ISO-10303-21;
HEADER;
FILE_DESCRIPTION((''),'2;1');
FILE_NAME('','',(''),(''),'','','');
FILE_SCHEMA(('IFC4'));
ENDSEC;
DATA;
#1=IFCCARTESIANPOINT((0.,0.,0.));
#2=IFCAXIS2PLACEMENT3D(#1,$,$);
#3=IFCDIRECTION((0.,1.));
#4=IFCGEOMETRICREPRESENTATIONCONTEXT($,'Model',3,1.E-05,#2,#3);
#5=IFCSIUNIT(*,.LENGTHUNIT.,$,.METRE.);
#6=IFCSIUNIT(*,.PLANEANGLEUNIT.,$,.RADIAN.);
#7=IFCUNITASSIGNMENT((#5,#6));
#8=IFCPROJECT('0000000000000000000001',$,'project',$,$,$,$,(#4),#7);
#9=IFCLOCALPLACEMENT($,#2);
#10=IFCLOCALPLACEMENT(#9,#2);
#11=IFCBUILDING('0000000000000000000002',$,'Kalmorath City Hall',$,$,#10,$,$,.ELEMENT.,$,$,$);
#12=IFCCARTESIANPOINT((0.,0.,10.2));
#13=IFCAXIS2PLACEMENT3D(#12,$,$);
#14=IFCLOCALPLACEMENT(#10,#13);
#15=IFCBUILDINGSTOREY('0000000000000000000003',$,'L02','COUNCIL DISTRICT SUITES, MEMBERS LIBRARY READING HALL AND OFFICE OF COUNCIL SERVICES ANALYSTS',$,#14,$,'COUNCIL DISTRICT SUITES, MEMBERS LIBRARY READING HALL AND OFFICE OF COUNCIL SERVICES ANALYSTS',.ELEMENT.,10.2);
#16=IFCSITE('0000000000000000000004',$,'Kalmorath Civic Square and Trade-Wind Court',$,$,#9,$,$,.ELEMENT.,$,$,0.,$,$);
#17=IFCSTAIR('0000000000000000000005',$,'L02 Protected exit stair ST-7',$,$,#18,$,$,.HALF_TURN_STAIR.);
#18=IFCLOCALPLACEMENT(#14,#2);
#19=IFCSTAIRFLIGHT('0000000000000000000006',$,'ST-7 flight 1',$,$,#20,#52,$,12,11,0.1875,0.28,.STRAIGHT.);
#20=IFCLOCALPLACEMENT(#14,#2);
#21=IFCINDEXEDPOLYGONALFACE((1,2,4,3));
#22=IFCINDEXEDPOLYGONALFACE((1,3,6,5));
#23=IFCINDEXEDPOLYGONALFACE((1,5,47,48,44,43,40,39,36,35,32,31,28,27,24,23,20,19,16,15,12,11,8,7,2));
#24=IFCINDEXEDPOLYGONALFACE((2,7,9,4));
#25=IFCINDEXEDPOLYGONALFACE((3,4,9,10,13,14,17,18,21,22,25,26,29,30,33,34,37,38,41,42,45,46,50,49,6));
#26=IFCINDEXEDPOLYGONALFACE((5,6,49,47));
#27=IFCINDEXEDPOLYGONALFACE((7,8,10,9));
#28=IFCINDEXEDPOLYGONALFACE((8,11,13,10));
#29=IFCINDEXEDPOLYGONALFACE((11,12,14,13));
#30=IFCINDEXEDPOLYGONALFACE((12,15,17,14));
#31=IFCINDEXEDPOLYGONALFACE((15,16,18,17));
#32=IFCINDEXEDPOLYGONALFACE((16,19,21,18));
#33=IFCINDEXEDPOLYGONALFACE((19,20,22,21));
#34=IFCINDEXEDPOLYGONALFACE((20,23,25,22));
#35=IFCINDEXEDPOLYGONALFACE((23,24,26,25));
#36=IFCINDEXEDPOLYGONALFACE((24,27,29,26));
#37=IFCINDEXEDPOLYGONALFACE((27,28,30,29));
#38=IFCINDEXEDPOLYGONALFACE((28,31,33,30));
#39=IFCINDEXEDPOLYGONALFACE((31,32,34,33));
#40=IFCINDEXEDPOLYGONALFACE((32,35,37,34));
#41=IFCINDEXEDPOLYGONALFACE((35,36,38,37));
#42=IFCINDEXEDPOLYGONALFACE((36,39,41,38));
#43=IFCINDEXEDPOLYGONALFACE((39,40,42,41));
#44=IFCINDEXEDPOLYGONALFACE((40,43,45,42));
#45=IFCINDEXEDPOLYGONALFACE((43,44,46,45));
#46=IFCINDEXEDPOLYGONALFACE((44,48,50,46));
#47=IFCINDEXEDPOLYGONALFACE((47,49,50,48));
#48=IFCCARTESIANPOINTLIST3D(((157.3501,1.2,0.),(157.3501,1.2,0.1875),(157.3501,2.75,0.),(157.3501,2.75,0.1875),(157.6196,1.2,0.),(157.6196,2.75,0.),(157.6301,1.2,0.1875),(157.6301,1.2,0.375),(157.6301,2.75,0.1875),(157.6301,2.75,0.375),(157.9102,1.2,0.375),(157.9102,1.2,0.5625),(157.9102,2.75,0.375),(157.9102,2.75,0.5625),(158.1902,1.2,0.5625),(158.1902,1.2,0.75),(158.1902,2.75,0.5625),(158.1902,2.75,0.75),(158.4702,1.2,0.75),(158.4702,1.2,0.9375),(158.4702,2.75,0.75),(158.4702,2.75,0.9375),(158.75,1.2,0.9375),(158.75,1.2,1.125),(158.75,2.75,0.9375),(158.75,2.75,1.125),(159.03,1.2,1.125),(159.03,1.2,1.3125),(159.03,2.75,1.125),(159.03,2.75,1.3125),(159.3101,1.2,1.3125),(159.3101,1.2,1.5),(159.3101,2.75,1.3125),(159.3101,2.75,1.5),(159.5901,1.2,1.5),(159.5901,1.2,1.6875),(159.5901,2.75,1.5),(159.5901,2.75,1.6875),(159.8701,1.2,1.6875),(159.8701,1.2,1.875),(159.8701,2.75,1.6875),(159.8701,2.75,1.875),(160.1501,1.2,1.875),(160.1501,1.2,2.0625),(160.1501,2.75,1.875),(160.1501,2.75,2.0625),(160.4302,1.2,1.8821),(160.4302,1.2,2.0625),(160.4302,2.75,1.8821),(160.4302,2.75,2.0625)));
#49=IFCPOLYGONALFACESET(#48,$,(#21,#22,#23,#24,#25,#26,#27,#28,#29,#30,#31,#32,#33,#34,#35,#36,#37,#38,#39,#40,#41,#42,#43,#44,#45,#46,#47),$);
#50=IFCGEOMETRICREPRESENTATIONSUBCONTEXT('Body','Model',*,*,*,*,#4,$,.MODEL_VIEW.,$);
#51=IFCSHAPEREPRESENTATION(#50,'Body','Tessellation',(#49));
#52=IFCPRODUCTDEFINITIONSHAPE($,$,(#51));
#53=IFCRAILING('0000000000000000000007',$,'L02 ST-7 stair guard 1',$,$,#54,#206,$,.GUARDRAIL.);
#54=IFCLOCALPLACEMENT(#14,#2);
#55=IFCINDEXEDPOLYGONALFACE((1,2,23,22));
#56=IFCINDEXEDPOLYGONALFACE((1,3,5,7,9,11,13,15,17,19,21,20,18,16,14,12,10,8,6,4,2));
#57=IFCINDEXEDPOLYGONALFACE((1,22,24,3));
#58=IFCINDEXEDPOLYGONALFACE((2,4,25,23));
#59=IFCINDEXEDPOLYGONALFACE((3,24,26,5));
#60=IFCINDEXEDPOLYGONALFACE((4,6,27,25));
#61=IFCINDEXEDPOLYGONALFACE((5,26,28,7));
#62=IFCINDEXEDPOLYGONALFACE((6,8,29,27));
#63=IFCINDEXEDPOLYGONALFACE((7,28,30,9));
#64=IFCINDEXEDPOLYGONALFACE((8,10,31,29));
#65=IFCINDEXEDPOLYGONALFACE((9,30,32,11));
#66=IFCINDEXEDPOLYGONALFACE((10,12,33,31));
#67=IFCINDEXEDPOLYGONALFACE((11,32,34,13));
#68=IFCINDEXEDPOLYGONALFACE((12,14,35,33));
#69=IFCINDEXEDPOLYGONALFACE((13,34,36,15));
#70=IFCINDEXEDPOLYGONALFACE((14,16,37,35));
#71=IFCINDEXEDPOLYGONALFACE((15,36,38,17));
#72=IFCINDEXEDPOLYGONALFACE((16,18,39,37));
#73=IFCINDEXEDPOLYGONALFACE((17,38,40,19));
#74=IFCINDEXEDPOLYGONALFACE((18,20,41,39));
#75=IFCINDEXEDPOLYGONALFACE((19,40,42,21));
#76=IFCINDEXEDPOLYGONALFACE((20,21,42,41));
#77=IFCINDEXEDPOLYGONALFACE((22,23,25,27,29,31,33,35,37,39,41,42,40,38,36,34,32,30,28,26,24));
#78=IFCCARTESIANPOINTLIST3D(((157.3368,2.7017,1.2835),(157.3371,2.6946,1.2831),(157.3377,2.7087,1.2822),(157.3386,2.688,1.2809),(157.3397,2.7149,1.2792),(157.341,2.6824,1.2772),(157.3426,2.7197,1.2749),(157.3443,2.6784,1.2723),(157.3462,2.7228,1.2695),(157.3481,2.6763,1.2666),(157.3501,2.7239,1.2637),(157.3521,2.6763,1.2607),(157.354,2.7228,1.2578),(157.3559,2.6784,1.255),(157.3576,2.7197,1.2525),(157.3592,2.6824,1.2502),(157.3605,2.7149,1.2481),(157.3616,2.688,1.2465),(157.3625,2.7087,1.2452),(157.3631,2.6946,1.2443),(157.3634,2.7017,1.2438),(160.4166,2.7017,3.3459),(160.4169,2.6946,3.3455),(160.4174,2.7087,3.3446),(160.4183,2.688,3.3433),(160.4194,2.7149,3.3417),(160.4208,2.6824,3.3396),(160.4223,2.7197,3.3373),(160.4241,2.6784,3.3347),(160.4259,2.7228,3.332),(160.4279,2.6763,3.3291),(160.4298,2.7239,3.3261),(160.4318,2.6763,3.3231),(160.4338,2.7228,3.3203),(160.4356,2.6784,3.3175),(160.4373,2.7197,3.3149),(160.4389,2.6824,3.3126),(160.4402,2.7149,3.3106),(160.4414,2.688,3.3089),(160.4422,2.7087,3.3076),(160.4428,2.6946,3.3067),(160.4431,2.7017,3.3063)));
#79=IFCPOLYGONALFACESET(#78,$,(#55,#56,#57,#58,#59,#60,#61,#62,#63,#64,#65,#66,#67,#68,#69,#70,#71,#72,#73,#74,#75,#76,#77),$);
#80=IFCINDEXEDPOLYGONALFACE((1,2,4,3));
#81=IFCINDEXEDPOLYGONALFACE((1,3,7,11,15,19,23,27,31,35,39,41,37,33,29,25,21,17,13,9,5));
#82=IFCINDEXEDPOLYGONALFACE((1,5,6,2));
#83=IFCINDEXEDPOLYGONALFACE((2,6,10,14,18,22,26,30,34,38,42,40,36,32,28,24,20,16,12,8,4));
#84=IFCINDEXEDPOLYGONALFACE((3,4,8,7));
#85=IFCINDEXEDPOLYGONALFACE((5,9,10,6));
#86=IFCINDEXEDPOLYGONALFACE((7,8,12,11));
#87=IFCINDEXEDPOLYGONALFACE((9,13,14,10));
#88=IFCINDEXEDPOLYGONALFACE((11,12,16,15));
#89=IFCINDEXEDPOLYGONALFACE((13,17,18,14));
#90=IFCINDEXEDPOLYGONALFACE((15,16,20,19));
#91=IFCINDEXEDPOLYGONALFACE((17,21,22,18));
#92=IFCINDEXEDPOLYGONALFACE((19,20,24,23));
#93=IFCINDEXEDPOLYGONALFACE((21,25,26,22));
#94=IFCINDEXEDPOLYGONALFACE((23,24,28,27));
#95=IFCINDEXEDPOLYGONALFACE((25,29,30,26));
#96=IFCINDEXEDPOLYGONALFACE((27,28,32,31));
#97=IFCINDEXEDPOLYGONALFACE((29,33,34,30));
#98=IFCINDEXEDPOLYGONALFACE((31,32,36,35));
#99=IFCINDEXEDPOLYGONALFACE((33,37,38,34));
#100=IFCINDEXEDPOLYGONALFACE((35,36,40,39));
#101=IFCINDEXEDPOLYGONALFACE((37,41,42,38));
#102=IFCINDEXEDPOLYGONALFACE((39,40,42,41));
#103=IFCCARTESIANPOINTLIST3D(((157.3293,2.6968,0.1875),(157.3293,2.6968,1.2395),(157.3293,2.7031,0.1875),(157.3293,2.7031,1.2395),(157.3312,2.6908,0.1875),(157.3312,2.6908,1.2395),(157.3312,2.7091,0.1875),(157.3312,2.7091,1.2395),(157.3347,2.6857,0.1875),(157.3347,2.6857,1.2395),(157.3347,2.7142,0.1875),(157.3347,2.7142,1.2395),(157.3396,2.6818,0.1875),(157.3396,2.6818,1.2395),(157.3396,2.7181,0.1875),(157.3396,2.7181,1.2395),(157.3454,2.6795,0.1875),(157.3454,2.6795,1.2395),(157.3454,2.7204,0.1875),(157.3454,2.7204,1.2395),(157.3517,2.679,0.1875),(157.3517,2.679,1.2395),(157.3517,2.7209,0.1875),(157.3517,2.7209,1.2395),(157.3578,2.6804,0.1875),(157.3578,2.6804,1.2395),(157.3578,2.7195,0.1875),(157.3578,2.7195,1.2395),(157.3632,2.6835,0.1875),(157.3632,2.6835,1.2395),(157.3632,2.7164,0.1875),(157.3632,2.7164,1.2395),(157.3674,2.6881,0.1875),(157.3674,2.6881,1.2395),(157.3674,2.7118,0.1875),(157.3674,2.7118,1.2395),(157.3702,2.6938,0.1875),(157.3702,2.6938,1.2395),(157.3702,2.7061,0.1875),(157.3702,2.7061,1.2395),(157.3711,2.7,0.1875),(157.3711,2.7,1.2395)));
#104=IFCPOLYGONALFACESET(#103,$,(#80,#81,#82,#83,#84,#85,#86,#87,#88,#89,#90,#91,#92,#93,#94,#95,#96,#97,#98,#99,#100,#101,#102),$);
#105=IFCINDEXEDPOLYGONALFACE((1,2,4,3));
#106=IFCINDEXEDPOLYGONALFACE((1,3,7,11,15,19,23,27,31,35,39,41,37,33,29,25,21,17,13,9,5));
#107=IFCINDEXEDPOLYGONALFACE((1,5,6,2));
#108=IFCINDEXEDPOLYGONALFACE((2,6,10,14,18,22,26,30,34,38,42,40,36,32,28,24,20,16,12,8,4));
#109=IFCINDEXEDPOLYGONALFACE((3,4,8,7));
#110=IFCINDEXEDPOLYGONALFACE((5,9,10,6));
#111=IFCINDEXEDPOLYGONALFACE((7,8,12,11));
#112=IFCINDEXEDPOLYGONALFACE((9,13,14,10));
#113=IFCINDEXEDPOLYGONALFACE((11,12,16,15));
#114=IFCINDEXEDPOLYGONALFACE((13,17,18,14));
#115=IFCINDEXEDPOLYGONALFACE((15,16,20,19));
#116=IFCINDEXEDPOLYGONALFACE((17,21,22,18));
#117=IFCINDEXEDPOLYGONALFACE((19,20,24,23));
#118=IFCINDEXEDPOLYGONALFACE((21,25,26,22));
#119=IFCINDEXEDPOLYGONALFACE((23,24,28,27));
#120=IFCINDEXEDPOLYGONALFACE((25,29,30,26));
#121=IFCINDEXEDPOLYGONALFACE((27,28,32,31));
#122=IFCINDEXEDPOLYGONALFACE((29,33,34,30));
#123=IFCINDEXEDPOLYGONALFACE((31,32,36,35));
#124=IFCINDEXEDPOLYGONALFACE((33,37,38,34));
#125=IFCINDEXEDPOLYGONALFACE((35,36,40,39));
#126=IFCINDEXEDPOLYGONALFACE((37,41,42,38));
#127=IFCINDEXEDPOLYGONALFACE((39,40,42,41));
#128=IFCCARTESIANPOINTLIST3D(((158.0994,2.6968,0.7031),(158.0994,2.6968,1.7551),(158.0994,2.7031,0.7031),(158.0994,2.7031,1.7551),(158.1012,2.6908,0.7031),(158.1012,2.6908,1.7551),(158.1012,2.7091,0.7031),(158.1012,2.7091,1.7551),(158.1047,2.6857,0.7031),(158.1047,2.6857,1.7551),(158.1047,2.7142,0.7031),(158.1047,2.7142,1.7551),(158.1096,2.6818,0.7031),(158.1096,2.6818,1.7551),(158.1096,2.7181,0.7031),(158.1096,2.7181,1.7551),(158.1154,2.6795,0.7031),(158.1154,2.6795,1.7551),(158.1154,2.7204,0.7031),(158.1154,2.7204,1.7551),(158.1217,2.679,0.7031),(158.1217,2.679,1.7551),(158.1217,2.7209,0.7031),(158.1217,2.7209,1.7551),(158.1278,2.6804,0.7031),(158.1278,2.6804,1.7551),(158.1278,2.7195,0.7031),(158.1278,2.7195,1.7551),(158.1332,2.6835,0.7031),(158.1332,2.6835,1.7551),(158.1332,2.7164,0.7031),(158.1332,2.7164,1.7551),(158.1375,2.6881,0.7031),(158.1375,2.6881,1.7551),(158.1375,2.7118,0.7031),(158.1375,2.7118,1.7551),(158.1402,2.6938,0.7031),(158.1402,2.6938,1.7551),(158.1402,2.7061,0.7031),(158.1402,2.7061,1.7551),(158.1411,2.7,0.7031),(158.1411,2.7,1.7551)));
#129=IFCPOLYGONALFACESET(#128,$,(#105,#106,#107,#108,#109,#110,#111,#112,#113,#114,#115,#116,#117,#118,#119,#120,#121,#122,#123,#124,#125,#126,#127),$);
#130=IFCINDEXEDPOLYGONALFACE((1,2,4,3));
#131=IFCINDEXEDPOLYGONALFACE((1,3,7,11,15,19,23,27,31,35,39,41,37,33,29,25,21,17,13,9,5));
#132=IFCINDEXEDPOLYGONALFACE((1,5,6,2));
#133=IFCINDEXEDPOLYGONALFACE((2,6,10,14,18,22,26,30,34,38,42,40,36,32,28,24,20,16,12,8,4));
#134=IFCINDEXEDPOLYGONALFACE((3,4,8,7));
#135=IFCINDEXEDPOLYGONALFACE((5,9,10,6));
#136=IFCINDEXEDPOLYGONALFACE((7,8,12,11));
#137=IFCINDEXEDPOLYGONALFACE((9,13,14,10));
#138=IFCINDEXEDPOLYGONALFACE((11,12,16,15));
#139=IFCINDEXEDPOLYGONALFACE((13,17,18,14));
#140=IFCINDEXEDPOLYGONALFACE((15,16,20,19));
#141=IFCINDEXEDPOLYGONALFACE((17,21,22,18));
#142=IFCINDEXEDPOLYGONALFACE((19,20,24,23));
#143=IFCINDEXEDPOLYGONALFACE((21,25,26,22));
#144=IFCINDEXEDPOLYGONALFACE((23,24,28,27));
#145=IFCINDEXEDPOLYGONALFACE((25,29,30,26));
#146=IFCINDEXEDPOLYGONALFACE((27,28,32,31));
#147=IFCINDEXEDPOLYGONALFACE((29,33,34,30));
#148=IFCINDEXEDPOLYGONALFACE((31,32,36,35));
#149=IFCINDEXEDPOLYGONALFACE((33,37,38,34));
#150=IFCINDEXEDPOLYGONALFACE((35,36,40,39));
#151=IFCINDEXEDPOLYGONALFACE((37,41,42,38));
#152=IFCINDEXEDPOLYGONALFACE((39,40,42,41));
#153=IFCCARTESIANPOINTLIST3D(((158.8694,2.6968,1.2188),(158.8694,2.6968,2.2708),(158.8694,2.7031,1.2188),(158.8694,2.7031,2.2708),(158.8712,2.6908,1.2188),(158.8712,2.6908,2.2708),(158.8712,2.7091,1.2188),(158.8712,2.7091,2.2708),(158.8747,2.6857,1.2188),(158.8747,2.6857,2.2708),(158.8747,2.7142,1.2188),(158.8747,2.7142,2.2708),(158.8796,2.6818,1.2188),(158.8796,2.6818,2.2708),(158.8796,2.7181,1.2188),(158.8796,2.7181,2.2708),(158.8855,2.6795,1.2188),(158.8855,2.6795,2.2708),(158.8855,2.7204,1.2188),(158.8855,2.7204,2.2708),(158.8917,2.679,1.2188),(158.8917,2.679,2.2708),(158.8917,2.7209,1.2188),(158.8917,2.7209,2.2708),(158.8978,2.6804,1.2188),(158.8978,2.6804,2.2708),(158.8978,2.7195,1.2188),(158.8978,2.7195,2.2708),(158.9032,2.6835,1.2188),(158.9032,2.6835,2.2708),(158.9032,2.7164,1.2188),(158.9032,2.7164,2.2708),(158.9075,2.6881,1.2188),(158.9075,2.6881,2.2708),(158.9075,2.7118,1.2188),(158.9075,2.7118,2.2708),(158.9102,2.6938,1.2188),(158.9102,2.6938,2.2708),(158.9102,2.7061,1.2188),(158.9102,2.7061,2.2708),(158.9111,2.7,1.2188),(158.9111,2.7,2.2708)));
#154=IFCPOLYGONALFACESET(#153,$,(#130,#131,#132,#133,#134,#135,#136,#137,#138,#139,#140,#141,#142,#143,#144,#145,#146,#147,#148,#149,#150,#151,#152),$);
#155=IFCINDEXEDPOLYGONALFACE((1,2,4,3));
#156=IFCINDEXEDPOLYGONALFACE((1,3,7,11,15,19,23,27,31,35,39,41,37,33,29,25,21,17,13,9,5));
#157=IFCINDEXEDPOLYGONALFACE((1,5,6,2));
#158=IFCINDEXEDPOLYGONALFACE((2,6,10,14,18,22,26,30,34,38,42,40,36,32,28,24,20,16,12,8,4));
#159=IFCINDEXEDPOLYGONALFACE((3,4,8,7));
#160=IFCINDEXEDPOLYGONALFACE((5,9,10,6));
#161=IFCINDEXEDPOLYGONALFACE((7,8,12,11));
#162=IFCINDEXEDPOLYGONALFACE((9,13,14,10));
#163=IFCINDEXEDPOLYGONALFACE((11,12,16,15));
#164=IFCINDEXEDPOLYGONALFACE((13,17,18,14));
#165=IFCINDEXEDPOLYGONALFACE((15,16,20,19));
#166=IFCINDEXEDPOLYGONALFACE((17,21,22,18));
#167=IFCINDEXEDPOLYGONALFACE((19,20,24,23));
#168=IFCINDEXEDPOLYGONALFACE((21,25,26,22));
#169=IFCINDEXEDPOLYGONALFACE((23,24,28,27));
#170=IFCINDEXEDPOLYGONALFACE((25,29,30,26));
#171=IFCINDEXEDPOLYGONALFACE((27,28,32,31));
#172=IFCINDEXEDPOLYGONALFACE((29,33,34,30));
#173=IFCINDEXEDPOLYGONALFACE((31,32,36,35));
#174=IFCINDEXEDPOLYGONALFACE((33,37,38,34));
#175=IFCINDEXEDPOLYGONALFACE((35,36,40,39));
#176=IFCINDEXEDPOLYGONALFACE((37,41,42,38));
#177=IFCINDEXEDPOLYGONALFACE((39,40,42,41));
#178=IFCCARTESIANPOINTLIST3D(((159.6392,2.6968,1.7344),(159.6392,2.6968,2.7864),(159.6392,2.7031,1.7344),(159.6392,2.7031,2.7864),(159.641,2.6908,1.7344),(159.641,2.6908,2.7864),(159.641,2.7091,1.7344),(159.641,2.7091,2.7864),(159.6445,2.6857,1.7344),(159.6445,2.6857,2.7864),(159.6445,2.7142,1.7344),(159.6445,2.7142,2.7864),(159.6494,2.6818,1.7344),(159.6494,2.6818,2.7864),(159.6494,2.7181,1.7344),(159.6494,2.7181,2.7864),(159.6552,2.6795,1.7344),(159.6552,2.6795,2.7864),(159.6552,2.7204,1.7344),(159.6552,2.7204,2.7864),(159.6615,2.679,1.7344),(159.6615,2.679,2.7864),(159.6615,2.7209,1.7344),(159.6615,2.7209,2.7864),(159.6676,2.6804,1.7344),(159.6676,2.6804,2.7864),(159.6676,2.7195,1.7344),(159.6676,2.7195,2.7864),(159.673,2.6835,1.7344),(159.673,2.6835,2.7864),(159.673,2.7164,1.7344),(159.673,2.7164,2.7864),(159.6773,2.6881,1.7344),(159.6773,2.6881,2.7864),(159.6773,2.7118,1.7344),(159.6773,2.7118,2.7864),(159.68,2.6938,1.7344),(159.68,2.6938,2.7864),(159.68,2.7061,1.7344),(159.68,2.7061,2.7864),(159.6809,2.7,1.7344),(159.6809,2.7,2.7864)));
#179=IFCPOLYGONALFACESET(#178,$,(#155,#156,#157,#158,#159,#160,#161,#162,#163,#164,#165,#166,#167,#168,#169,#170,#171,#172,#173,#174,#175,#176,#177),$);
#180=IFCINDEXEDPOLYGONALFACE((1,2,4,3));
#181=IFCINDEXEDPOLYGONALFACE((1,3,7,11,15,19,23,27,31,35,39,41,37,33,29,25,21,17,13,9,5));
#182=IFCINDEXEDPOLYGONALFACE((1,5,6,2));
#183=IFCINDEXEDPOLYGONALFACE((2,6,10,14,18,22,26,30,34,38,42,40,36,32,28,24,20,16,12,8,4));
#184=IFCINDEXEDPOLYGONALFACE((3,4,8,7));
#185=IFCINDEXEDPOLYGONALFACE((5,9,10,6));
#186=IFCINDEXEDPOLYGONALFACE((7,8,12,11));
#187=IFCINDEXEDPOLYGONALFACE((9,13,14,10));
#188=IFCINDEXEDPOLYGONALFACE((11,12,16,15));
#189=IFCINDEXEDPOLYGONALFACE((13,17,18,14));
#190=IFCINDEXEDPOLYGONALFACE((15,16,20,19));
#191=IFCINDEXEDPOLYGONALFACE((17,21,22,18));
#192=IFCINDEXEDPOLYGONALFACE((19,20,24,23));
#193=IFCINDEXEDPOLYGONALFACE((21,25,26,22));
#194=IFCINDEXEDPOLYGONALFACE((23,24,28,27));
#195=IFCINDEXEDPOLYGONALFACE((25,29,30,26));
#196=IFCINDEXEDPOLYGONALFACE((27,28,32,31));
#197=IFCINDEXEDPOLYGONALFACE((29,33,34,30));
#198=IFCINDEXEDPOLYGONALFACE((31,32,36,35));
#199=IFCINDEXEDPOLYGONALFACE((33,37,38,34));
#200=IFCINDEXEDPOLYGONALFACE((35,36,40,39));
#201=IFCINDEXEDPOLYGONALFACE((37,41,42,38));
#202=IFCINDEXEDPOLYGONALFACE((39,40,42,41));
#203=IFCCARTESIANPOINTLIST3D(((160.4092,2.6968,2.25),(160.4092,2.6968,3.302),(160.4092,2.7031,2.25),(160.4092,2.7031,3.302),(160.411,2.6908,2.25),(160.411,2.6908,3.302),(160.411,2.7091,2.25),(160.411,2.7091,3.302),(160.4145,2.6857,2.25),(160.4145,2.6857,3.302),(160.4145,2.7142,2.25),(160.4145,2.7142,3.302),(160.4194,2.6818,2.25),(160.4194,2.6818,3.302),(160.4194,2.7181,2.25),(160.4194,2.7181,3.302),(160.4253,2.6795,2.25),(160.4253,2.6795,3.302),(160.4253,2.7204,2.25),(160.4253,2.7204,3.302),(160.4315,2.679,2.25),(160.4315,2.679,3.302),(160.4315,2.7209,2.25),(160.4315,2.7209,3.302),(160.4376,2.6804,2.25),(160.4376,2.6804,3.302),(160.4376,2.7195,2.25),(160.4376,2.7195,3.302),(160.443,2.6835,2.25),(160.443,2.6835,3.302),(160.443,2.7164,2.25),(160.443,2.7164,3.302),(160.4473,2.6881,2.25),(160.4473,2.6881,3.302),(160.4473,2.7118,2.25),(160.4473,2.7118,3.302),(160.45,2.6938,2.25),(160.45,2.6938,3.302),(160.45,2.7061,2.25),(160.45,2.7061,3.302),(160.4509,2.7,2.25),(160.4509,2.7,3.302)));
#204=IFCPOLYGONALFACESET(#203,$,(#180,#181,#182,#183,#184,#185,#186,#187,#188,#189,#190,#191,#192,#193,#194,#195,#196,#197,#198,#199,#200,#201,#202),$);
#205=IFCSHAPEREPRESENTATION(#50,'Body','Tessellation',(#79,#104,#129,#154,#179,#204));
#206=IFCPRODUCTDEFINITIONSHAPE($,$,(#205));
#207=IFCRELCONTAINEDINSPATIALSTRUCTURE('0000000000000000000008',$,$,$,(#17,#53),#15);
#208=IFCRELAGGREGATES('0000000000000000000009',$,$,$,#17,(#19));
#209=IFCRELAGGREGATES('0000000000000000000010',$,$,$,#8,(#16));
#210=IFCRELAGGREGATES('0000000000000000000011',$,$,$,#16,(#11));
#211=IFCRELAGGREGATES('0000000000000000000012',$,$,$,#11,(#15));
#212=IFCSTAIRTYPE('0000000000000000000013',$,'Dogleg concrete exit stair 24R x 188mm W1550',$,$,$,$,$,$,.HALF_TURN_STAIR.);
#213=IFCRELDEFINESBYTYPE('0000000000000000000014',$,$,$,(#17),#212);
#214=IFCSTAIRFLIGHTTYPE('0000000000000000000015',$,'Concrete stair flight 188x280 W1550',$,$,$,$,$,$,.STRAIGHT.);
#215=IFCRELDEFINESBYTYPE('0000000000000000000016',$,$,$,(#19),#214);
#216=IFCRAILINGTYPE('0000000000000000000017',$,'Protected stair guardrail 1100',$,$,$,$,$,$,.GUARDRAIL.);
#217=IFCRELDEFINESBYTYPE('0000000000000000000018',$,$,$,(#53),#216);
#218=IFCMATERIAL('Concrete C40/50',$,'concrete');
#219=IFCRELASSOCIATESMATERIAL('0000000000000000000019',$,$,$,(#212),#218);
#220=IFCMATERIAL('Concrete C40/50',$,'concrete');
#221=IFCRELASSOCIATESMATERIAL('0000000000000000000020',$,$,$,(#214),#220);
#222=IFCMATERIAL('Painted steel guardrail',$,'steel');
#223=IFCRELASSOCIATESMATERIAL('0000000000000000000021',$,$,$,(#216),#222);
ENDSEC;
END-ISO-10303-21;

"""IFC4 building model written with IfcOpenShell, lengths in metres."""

from ifc_helpers import new_model, si_unit, direction, frame, origin, origin_2d, place, context, subcontext, project, spatial, polyline, circle, outline, extrude, material, type_object, element, aggregate, save


model = new_model("IFC4")

# Units and contexts
model_context = context("Model", 3, precision=1e-05, world=origin(), true_north=direction((0.0, 1.0)))
body_context = subcontext(model_context, "Body", "Model", "MODEL_VIEW")
ifc_project = project(units=[si_unit("LENGTHUNIT", "METRE"), si_unit("PLANEANGLEUNIT", "RADIAN")], contexts=[model_context])

# Site, building, storey
site_placement = place(None, origin())
site = spatial("IfcSite", under=ifc_project, at=site_placement, Name="Kalmorath Civic Square and Trade-Wind Court", CompositionType="ELEMENT", RefElevation=0.0)
building_placement = place(site_placement, origin())
building = spatial("IfcBuilding", under=site, at=building_placement, Name="Kalmorath City Hall", CompositionType="ELEMENT")
storey_placement = place(building_placement, frame((0.0, 0.0, 10.2)))
storey = spatial("IfcBuildingStorey", under=building, at=storey_placement, Name="L02", Description="COUNCIL DISTRICT SUITES, MEMBERS LIBRARY READING HALL AND OFFICE OF COUNCIL SERVICES ANALYSTS", LongName="COUNCIL DISTRICT SUITES, MEMBERS LIBRARY READING HALL AND OFFICE OF COUNCIL SERVICES ANALYSTS", CompositionType="ELEMENT", Elevation=10.2)

# Stair, stair flight
ifc_material_1 = material(Name="Concrete C40/50", Category="concrete")
stair_type = type_object("IfcStairType", Name="Dogleg concrete exit stair 24R x 188mm W1550", PredefinedType="HALF_TURN_STAIR", material=ifc_material_1)
stair_placement = place(storey_placement, origin())
stair = element("IfcStair", 1, at=stair_placement, inside=storey, type_object=stair_type, Name="L02 Protected exit stair ST-7", PredefinedType="HALF_TURN_STAIR")
ifc_material_2 = material(Name="Concrete C40/50", Category="concrete")
stair_flight_type = type_object("IfcStairFlightType", Name="Concrete stair flight 188x280 W1550", PredefinedType="STRAIGHT", material=ifc_material_2)
stair_flight_placement = place(storey_placement, frame((157.3501, 1.9751, 0.0), z_axis=(0.0, 0.0, 1.0), x_axis=(1.0, 0.0, 0.0)))
stair_flight = element("IfcStairFlight", 2, at=stair_flight_placement, type_object=stair_flight_type, Name="ST-7 flight 1", NumberOfRisers=12, NumberOfTreads=11, PredefinedType="STRAIGHT", RiserHeight=0.1875, TreadLength=0.28, context=body_context, shape_type="SweptSolid", body=[
    extrude(outline(polyline([(0.0, 0.0), (0.0, 0.1875), (0.28, 0.1875), (0.28, 0.375), (0.5601, 0.375), (0.5601, 0.5625), (0.8401, 0.5625), (0.8401, 0.75), (1.1201, 0.75), (1.1201, 0.9375), (1.3999, 0.9375), (1.3999, 1.125), (1.6799, 1.125), (1.6799, 1.3125), (1.96, 1.3125), (1.96, 1.5), (2.24, 1.5), (2.24, 1.6875), (2.52, 1.6875), (2.52, 1.875), (2.8, 1.875), (2.8, 2.0625), (3.0801, 2.0625), (3.0801, 2.25), (3.0801, 1.8821), (0.2695, 0.0), (0.0, 0.0)])), frame((0.0, 0.7749, 0.0), z_axis=(0.0, -1.0, 0.0), x_axis=(1.0, 0.0, 0.0)), (0.0, 0.0, 1.0), 1.55),
])
aggregate(stair, [stair_flight])

# Railing
ifc_material_3 = material(Name="Painted steel guardrail", Category="steel")
railing_type_1 = type_object("IfcRailingType", Name="Protected stair guardrail 1100", PredefinedType="GUARDRAIL", material=ifc_material_3)
railing_1_placement = place(storey_placement, frame((157.3501, 2.7, 0.1875)))
element("IfcRailing", 3, at=railing_1_placement, inside=storey, type_object=railing_type_1, Name="L02 ST-7 stair guard 1", PredefinedType="GUARDRAIL", context=body_context, shape_type="SweptSolid", body=[
    extrude(circle(Radius=0.0239, at=origin_2d()), frame((0.0, 0.0, 1.0762), z_axis=(0.830893, 0.0, 0.556432), x_axis=(0.0, 1.0, 0.0)), (0.0, 0.0, 1.0), 3.7065),
    extrude(circle(Radius=0.021, at=origin_2d()), origin(), (0.0, 0.0, 1.0), 1.052),
    extrude(circle(Radius=0.021, at=origin_2d()), frame((0.77, 0.0, 0.5156)), (0.0, 0.0, 1.0), 1.052),
    extrude(circle(Radius=0.021, at=origin_2d()), frame((1.54, 0.0, 1.0312)), (0.0, 0.0, 1.0), 1.052),
    extrude(circle(Radius=0.021, at=origin_2d()), frame((2.3098, 0.0, 1.5469)), (0.0, 0.0, 1.0), 1.052),
    extrude(circle(Radius=0.021, at=origin_2d()), frame((3.0798, 0.0, 2.0625)), (0.0, 0.0, 1.0), 1.052),
])

save(model, "model.ifc")
